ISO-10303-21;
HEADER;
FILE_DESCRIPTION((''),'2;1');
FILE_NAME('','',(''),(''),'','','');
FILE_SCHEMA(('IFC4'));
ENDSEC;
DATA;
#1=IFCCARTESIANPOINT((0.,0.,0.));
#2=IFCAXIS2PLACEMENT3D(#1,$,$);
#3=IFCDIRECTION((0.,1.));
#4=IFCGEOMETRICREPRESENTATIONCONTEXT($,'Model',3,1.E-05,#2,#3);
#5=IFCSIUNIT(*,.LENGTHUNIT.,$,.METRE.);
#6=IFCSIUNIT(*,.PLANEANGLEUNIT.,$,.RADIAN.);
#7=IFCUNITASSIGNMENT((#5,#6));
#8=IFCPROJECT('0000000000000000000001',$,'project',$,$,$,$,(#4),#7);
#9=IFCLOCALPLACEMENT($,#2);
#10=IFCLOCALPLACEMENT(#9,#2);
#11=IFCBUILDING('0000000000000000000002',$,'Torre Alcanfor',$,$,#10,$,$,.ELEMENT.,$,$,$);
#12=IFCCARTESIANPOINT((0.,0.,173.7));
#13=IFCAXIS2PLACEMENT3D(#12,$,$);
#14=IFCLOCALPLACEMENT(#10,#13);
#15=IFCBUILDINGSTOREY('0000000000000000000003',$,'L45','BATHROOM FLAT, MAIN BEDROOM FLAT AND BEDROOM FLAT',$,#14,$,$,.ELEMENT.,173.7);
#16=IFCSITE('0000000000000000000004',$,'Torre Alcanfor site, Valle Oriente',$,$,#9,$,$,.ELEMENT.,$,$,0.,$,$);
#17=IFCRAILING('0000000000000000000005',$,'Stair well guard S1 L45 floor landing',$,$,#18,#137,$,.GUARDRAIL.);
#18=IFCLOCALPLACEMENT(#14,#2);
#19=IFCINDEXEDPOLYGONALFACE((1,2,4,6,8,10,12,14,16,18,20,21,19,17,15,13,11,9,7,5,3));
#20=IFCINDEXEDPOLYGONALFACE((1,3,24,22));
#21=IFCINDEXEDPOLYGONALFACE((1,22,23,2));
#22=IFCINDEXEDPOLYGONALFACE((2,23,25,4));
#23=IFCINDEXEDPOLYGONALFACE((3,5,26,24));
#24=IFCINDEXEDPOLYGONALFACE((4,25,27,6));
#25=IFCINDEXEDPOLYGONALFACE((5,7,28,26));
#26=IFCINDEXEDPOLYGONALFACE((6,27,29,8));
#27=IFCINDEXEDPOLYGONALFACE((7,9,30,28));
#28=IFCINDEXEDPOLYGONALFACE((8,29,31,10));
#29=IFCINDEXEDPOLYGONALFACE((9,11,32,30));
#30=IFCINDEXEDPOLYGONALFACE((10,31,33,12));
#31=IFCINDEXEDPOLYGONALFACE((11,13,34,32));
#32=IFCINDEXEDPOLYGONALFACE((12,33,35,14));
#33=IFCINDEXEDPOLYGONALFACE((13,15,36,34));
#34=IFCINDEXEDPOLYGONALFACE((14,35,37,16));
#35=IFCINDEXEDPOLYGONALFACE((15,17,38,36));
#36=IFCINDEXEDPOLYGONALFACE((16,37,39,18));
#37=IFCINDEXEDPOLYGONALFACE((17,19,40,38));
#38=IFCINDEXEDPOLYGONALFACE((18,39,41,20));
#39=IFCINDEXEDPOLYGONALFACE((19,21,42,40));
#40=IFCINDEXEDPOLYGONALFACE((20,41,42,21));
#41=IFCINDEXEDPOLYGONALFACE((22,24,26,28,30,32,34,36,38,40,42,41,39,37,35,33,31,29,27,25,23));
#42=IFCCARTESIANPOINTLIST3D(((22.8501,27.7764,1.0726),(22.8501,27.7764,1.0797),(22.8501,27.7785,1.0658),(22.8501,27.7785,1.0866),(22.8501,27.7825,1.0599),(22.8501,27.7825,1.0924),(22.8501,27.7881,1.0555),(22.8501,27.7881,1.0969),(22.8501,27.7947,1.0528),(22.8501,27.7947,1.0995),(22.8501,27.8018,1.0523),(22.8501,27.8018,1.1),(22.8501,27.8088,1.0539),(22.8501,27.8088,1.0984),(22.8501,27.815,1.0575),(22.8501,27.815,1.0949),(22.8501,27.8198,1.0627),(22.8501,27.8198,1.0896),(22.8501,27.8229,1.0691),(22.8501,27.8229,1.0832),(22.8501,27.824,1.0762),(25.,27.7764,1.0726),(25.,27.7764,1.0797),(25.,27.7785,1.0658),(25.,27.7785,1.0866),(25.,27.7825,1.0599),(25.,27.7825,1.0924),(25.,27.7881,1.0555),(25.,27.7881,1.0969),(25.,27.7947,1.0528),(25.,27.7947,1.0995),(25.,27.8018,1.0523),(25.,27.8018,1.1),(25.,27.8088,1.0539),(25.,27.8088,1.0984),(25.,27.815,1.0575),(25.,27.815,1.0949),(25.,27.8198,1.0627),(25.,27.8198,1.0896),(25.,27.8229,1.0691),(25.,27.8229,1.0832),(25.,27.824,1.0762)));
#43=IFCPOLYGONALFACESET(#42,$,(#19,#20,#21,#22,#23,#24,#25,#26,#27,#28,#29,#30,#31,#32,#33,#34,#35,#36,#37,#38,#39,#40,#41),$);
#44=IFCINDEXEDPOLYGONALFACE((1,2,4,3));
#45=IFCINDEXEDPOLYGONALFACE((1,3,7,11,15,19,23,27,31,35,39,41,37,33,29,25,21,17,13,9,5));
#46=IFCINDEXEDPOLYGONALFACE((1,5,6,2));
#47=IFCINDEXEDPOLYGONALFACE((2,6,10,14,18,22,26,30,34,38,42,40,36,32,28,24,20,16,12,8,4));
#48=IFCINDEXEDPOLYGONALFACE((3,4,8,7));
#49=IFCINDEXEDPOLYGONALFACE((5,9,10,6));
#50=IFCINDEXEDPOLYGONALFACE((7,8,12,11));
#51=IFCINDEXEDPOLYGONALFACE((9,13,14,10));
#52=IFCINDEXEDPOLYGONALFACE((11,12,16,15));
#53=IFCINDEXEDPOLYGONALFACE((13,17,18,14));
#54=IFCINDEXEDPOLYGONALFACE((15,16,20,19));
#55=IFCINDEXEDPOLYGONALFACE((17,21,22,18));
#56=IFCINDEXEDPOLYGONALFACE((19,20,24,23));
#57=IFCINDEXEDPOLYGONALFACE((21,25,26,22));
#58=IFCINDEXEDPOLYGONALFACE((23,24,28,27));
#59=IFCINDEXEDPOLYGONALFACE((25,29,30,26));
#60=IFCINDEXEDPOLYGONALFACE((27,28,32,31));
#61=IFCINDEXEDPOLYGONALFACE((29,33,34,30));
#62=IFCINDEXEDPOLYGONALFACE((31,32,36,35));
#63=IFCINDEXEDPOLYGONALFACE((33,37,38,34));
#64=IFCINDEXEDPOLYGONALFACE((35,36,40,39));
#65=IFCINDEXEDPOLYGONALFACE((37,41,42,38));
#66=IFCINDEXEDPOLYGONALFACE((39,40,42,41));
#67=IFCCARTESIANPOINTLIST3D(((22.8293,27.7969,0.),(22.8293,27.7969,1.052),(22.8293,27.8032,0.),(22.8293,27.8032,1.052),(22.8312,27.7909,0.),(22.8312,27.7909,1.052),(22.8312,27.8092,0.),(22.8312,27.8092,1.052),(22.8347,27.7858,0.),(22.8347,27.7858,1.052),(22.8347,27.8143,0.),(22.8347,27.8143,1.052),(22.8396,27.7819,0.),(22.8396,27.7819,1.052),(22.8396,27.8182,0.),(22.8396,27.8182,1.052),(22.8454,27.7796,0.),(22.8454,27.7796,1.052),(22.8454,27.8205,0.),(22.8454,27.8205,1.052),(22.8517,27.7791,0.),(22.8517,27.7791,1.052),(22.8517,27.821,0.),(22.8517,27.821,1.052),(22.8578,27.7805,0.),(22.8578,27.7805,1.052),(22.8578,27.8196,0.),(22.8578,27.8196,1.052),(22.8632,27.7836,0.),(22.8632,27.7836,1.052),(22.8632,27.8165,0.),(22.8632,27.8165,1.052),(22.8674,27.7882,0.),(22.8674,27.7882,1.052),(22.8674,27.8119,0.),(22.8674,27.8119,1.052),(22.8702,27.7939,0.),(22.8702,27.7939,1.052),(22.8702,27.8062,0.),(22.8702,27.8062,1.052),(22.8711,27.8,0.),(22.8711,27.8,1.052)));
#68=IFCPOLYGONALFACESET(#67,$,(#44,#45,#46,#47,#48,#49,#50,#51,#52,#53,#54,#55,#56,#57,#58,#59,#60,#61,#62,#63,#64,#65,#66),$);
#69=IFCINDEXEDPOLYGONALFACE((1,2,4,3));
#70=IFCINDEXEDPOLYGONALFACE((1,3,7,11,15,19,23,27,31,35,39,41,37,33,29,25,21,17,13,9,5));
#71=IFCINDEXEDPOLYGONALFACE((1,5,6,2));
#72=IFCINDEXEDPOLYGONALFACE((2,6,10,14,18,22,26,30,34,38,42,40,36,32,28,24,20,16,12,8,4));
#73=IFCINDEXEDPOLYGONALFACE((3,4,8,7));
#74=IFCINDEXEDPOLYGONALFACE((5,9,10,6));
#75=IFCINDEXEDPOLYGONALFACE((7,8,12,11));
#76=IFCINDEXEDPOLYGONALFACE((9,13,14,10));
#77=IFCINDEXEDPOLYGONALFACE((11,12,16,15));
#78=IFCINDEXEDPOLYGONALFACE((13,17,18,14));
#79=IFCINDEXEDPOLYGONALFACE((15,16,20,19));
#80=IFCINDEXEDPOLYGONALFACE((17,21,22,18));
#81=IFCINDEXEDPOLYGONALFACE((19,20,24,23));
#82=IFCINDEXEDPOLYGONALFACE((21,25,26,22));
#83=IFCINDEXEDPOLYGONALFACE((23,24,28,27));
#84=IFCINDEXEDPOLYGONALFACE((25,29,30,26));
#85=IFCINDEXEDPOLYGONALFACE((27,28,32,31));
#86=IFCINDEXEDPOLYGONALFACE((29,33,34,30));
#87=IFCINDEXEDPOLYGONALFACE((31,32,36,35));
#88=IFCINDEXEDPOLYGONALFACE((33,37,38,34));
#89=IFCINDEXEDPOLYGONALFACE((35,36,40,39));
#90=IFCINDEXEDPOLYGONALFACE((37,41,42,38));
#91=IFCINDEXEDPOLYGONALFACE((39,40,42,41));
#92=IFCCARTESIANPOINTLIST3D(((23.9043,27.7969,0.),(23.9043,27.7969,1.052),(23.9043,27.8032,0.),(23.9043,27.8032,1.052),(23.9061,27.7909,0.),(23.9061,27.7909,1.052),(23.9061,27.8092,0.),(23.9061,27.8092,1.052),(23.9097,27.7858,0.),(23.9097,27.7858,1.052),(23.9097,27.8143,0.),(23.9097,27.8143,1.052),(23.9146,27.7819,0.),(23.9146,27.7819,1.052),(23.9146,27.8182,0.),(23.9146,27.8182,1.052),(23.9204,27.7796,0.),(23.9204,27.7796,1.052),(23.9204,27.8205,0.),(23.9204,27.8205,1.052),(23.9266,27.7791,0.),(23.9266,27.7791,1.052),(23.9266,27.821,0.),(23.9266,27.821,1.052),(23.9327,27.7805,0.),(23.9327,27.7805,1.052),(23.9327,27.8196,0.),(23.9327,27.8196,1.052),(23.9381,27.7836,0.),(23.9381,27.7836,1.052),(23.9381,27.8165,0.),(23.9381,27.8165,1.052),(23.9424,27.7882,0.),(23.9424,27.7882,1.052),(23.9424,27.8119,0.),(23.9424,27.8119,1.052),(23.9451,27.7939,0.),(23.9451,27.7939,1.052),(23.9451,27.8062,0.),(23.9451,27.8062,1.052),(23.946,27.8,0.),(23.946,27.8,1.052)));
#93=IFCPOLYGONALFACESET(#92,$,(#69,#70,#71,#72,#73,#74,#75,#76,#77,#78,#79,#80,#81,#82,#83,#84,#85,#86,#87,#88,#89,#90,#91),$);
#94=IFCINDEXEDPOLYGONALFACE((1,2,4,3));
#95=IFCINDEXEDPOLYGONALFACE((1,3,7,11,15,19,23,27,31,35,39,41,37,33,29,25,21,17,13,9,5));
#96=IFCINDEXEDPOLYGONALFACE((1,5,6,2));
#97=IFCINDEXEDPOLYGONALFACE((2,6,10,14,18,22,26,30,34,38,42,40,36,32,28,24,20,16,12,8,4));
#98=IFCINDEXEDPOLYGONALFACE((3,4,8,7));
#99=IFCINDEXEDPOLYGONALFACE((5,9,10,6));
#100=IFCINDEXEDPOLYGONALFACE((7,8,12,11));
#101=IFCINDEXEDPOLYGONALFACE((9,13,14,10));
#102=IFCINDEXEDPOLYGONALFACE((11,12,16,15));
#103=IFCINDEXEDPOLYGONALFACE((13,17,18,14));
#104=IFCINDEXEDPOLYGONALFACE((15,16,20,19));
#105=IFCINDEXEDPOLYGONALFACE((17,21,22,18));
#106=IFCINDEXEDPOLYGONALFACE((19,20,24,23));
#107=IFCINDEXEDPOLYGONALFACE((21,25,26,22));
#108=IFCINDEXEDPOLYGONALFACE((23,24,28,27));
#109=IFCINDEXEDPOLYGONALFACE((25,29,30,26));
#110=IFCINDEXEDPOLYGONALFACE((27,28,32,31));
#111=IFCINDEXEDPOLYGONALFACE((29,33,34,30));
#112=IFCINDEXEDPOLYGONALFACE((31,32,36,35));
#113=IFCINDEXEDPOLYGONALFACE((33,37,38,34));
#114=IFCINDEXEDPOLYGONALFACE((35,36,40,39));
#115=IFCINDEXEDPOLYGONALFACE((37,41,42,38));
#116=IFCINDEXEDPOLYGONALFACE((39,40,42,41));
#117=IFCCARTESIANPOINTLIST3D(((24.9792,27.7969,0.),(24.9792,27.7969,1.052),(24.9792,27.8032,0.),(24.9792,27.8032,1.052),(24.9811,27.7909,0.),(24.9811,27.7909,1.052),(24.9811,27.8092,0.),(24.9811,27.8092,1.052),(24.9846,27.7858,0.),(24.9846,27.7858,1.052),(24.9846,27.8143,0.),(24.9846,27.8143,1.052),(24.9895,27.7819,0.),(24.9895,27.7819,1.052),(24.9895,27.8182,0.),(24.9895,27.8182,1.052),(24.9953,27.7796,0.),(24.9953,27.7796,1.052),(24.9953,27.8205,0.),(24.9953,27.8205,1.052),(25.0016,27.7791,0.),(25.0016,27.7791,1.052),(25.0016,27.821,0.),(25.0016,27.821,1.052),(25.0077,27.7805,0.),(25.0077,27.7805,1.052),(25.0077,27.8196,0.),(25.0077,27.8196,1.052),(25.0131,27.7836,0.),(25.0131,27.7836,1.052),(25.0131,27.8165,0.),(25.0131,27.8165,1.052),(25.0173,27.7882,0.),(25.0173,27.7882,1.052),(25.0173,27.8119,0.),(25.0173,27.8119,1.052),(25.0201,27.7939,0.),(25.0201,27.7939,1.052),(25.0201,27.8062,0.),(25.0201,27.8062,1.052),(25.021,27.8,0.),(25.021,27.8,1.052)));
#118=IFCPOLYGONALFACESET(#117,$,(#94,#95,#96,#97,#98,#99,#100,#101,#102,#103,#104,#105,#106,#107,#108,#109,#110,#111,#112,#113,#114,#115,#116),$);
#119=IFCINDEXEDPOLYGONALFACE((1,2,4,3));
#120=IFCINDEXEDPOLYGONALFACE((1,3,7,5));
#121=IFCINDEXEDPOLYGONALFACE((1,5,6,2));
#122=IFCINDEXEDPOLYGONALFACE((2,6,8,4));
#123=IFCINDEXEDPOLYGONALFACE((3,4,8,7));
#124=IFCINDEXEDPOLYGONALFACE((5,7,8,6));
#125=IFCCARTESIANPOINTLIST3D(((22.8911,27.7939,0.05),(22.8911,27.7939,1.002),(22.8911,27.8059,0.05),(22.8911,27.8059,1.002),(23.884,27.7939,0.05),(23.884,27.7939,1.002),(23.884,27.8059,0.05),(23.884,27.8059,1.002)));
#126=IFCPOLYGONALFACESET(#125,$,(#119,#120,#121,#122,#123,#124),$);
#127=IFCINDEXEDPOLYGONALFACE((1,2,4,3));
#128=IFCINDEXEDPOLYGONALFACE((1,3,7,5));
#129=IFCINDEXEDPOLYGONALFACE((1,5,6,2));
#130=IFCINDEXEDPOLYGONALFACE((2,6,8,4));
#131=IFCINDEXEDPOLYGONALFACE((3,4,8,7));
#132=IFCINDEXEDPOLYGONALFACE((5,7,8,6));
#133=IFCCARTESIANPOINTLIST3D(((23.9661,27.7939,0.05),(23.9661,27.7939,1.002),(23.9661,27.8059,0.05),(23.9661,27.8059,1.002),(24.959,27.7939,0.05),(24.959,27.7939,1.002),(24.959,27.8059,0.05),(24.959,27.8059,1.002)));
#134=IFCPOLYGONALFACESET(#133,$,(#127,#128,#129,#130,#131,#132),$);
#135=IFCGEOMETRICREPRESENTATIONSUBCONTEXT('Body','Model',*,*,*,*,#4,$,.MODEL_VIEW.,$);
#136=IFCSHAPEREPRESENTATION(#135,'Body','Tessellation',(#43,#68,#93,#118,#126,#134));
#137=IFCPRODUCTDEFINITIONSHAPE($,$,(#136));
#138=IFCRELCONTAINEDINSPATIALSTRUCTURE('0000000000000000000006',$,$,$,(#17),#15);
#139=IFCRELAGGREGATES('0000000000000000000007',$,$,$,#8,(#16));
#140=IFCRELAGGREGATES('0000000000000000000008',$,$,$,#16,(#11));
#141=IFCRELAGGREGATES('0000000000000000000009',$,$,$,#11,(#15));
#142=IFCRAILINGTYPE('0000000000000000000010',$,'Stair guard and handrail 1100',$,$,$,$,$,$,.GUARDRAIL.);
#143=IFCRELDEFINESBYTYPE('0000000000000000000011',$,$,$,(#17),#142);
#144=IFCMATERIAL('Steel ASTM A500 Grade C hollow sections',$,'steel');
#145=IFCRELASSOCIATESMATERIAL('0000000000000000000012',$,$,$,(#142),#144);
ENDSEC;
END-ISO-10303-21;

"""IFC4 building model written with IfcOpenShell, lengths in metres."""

from ifc_helpers import new_model, si_unit, direction, frame, origin, origin_2d, place, context, subcontext, project, spatial, polyline, circle, outline, extrude, material, type_object, element, save


model = new_model("IFC4")

# Units and contexts
model_context = context("Model", 3, precision=1e-05, world=origin(), true_north=direction((0.0, 1.0)))
body_context = subcontext(model_context, "Body", "Model", "MODEL_VIEW")
ifc_project = project(units=[si_unit("LENGTHUNIT", "METRE"), si_unit("PLANEANGLEUNIT", "RADIAN")], contexts=[model_context])

# Site, building, storey
site_placement = place(None, origin())
site = spatial("IfcSite", under=ifc_project, at=site_placement, Name="Torre Alcanfor site, Valle Oriente", CompositionType="ELEMENT", RefElevation=0.0)
building_placement = place(site_placement, origin())
building = spatial("IfcBuilding", under=site, at=building_placement, Name="Torre Alcanfor", CompositionType="ELEMENT")
storey_placement = place(building_placement, frame((0.0, 0.0, 173.7)))
storey = spatial("IfcBuildingStorey", under=building, at=storey_placement, Name="L45", Description="BATHROOM FLAT, MAIN BEDROOM FLAT AND BEDROOM FLAT", CompositionType="ELEMENT", Elevation=173.7)

# Railing
ifc_material_1 = material(Name="Steel ASTM A500 Grade C hollow sections", Category="steel")
railing_type_1 = type_object("IfcRailingType", Name="Stair guard and handrail 1100", PredefinedType="GUARDRAIL", material=ifc_material_1)
railing_1_placement = place(storey_placement, frame((22.8501, 27.8, 0.0)))
element("IfcRailing", 1, at=railing_1_placement, inside=storey, type_object=railing_type_1, Name="Stair well guard S1 L45 floor landing", PredefinedType="GUARDRAIL", context=body_context, shape_type="SweptSolid", body=[
    extrude(circle(Radius=0.0239, at=origin_2d()), frame((0.0, 0.0, 1.0762), z_axis=(1.0, 0.0, 0.0), x_axis=(0.0, 1.0, 0.0)), (0.0, 0.0, 1.0), 2.1499),
    extrude(circle(Radius=0.021, at=origin_2d()), origin(), (0.0, 0.0, 1.0), 1.052),
    extrude(circle(Radius=0.021, at=origin_2d()), frame((1.075, 0.0, 0.0)), (0.0, 0.0, 1.0), 1.052),
    extrude(circle(Radius=0.021, at=origin_2d()), frame((2.1499, 0.0, 0.0)), (0.0, 0.0, 1.0), 1.052),
    extrude(outline(polyline([(0.041, 0.05), (1.0339, 0.05), (1.0339, 1.002), (0.041, 1.002), (0.041, 0.05)])), frame((0.0, 0.0059, 0.0), z_axis=(0.0, -1.0, 0.0), x_axis=(1.0, 0.0, 0.0)), (0.0, 0.0, 1.0), 0.012),
    extrude(outline(polyline([(1.116, 0.05), (2.1089, 0.05), (2.1089, 1.002), (1.116, 1.002), (1.116, 0.05)])), frame((0.0, 0.0059, 0.0), z_axis=(0.0, -1.0, 0.0), x_axis=(1.0, 0.0, 0.0)), (0.0, 0.0, 1.0), 0.012),
])

save(model, "model.ifc")
